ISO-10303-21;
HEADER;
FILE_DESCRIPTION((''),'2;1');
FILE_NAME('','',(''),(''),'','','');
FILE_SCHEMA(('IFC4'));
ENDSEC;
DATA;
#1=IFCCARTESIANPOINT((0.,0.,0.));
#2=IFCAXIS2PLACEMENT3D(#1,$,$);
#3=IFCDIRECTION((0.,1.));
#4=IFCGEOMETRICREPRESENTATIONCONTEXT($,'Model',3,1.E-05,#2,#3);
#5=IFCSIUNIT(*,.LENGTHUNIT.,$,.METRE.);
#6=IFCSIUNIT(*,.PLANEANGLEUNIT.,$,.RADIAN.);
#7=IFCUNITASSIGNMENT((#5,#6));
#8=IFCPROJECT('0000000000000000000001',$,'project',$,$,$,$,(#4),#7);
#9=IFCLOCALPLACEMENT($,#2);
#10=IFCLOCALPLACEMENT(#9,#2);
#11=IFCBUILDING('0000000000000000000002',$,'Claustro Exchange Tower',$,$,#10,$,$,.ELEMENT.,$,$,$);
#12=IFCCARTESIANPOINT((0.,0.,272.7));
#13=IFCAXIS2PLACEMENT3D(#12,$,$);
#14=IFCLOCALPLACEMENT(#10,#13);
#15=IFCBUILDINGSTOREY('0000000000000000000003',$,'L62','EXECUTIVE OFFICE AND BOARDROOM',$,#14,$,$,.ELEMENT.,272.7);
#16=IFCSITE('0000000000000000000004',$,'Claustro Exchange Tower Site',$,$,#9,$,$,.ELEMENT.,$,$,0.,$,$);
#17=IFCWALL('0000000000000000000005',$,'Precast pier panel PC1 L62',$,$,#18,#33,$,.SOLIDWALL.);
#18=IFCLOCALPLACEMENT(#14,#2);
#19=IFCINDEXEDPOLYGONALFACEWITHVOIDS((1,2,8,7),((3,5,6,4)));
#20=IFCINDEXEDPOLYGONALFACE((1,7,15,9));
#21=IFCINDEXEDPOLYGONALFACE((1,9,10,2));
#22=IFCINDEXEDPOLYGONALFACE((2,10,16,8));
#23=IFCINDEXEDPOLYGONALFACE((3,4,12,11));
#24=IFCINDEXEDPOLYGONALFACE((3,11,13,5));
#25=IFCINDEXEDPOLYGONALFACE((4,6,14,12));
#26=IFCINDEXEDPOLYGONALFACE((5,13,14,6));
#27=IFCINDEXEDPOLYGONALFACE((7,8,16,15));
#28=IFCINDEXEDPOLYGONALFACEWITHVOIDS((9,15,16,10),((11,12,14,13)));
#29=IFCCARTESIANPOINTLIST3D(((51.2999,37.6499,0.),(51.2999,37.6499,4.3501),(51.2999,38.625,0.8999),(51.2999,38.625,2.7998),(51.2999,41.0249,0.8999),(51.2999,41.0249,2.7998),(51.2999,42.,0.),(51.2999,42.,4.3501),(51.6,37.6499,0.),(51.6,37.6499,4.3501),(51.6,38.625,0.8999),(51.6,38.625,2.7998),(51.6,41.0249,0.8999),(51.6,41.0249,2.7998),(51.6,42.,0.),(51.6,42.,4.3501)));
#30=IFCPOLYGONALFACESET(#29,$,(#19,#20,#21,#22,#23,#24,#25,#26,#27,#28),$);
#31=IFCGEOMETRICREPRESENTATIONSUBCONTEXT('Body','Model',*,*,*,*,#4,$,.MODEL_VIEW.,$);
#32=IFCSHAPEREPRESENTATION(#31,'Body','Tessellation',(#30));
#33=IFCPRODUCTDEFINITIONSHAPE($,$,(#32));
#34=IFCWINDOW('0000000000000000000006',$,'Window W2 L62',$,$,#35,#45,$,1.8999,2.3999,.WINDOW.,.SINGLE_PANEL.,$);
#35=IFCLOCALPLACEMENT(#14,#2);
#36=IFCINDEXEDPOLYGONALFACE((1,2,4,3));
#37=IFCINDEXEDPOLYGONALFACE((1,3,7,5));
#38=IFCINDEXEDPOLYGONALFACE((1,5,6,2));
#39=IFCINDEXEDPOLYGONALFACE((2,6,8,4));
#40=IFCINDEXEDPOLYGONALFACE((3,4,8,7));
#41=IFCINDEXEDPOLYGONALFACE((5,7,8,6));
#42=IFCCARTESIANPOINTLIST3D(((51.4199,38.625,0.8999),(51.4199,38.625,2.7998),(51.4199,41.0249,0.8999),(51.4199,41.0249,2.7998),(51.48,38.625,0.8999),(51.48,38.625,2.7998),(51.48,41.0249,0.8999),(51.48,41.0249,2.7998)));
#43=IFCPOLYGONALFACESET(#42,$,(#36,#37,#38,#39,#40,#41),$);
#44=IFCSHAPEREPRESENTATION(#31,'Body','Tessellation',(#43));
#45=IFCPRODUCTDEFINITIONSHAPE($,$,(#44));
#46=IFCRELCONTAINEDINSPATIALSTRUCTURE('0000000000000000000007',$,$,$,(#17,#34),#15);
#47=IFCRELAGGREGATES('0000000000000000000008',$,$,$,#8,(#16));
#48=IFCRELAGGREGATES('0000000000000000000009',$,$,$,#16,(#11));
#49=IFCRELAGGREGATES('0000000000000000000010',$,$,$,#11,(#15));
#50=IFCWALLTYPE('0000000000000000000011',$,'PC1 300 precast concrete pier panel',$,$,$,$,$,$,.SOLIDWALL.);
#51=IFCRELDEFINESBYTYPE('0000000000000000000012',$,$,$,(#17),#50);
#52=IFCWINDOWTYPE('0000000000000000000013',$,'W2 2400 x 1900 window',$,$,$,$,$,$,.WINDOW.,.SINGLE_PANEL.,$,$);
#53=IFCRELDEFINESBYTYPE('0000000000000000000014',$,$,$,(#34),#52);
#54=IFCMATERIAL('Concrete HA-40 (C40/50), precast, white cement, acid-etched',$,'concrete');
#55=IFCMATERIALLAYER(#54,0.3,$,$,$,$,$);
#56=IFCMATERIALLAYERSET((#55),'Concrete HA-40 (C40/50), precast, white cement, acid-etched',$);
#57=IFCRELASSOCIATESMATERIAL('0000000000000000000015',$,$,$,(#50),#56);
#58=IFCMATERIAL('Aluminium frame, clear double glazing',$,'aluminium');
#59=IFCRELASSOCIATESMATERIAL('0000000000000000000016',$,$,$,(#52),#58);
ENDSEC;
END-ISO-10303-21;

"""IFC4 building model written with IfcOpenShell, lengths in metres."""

from ifc_helpers import new_model, si_unit, direction, frame, frame_2d, origin, place, context, subcontext, project, spatial, rectangle, extrude, material, layer, layer_set, type_object, element, fill, save


model = new_model("IFC4")

# Units and contexts
model_context = context("Model", 3, precision=1e-05, world=origin(), true_north=direction((0.0, 1.0)))
body_context = subcontext(model_context, "Body", "Model", "MODEL_VIEW")
ifc_project = project(units=[si_unit("LENGTHUNIT", "METRE"), si_unit("PLANEANGLEUNIT", "RADIAN")], contexts=[model_context])

# Site, building, storey
site_placement = place(None, origin())
site = spatial("IfcSite", under=ifc_project, at=site_placement, Name="Claustro Exchange Tower Site", CompositionType="ELEMENT", RefElevation=0.0)
building_placement = place(site_placement, origin())
building = spatial("IfcBuilding", under=site, at=building_placement, Name="Claustro Exchange Tower", CompositionType="ELEMENT")
storey_placement = place(building_placement, frame((0.0, 0.0, 272.7)))
storey = spatial("IfcBuildingStorey", under=building, at=storey_placement, Name="L62", Description="EXECUTIVE OFFICE AND BOARDROOM", CompositionType="ELEMENT", Elevation=272.7)

# Shared definitions
ifc_material_1 = material(Name="Concrete HA-40 (C40/50), precast, white cement, acid-etched", Category="concrete")
ifc_layer_1 = layer(ifc_material_1, 0.3)
ifc_layer_set_1 = layer_set([ifc_layer_1], Name="Concrete HA-40 (C40/50), precast, white cement, acid-etched")
wall_type_1 = type_object("IfcWallType", Name="PC1 300 precast concrete pier panel", PredefinedType="SOLIDWALL", material=ifc_layer_set_1)

# Wall, opening, window
wall_1_placement = place(storey_placement, frame((51.45, 42.0, 0.0), z_axis=(0.0, 0.0, 1.0), x_axis=(0.0, -1.0, 0.0)))
wall_1 = element("IfcWall", 1, at=wall_1_placement, inside=storey, type_object=wall_type_1, Name="Precast pier panel PC1 L62", PredefinedType="SOLIDWALL", context=body_context, shape_type="SweptSolid", body=[
    extrude(rectangle(XDim=4.3501, YDim=0.3, at=frame_2d((2.175, 0.0))), origin(), (0.0, 0.0, 1.0), 4.3501),
])
opening_1_placement = place(wall_1_placement, frame((0.9751, 0.0, 0.8999)))
opening_1 = element("IfcOpeningElement", 2, at=opening_1_placement, cuts=wall_1, PredefinedType="OPENING", context=body_context, shape_type="SweptSolid", body=[
    extrude(rectangle(XDim=2.3999, YDim=1.8999, at=frame_2d((1.2, 0.95))), frame((0.0, 0.1599, 0.0), z_axis=(0.0, -1.0, 0.0), x_axis=(1.0, 0.0, 0.0)), (0.0, 0.0, 1.0), 0.3201),
])
ifc_material_2 = material(Name="Aluminium frame, clear double glazing", Category="aluminium")
window_type_1 = type_object("IfcWindowType", Name="W2 2400 x 1900 window", PartitioningType="SINGLE_PANEL", PredefinedType="WINDOW", material=ifc_material_2)
window_1_placement = place(opening_1_placement, origin())
window_1 = element("IfcWindow", 3, at=window_1_placement, inside=storey, type_object=window_type_1, Name="Window W2 L62", OverallHeight=1.8999, OverallWidth=2.3999, PartitioningType="SINGLE_PANEL", PredefinedType="WINDOW", context=body_context, shape_type="SweptSolid", body=[
    extrude(rectangle(XDim=2.3999, YDim=1.8999, at=frame_2d((1.2, 0.95))), frame((0.0, 0.03, 0.0), z_axis=(0.0, -1.0, 0.0), x_axis=(1.0, 0.0, 0.0)), (0.0, 0.0, 1.0), 0.0601),
])
fill(opening_1, window_1)

save(model, "model.ifc")
